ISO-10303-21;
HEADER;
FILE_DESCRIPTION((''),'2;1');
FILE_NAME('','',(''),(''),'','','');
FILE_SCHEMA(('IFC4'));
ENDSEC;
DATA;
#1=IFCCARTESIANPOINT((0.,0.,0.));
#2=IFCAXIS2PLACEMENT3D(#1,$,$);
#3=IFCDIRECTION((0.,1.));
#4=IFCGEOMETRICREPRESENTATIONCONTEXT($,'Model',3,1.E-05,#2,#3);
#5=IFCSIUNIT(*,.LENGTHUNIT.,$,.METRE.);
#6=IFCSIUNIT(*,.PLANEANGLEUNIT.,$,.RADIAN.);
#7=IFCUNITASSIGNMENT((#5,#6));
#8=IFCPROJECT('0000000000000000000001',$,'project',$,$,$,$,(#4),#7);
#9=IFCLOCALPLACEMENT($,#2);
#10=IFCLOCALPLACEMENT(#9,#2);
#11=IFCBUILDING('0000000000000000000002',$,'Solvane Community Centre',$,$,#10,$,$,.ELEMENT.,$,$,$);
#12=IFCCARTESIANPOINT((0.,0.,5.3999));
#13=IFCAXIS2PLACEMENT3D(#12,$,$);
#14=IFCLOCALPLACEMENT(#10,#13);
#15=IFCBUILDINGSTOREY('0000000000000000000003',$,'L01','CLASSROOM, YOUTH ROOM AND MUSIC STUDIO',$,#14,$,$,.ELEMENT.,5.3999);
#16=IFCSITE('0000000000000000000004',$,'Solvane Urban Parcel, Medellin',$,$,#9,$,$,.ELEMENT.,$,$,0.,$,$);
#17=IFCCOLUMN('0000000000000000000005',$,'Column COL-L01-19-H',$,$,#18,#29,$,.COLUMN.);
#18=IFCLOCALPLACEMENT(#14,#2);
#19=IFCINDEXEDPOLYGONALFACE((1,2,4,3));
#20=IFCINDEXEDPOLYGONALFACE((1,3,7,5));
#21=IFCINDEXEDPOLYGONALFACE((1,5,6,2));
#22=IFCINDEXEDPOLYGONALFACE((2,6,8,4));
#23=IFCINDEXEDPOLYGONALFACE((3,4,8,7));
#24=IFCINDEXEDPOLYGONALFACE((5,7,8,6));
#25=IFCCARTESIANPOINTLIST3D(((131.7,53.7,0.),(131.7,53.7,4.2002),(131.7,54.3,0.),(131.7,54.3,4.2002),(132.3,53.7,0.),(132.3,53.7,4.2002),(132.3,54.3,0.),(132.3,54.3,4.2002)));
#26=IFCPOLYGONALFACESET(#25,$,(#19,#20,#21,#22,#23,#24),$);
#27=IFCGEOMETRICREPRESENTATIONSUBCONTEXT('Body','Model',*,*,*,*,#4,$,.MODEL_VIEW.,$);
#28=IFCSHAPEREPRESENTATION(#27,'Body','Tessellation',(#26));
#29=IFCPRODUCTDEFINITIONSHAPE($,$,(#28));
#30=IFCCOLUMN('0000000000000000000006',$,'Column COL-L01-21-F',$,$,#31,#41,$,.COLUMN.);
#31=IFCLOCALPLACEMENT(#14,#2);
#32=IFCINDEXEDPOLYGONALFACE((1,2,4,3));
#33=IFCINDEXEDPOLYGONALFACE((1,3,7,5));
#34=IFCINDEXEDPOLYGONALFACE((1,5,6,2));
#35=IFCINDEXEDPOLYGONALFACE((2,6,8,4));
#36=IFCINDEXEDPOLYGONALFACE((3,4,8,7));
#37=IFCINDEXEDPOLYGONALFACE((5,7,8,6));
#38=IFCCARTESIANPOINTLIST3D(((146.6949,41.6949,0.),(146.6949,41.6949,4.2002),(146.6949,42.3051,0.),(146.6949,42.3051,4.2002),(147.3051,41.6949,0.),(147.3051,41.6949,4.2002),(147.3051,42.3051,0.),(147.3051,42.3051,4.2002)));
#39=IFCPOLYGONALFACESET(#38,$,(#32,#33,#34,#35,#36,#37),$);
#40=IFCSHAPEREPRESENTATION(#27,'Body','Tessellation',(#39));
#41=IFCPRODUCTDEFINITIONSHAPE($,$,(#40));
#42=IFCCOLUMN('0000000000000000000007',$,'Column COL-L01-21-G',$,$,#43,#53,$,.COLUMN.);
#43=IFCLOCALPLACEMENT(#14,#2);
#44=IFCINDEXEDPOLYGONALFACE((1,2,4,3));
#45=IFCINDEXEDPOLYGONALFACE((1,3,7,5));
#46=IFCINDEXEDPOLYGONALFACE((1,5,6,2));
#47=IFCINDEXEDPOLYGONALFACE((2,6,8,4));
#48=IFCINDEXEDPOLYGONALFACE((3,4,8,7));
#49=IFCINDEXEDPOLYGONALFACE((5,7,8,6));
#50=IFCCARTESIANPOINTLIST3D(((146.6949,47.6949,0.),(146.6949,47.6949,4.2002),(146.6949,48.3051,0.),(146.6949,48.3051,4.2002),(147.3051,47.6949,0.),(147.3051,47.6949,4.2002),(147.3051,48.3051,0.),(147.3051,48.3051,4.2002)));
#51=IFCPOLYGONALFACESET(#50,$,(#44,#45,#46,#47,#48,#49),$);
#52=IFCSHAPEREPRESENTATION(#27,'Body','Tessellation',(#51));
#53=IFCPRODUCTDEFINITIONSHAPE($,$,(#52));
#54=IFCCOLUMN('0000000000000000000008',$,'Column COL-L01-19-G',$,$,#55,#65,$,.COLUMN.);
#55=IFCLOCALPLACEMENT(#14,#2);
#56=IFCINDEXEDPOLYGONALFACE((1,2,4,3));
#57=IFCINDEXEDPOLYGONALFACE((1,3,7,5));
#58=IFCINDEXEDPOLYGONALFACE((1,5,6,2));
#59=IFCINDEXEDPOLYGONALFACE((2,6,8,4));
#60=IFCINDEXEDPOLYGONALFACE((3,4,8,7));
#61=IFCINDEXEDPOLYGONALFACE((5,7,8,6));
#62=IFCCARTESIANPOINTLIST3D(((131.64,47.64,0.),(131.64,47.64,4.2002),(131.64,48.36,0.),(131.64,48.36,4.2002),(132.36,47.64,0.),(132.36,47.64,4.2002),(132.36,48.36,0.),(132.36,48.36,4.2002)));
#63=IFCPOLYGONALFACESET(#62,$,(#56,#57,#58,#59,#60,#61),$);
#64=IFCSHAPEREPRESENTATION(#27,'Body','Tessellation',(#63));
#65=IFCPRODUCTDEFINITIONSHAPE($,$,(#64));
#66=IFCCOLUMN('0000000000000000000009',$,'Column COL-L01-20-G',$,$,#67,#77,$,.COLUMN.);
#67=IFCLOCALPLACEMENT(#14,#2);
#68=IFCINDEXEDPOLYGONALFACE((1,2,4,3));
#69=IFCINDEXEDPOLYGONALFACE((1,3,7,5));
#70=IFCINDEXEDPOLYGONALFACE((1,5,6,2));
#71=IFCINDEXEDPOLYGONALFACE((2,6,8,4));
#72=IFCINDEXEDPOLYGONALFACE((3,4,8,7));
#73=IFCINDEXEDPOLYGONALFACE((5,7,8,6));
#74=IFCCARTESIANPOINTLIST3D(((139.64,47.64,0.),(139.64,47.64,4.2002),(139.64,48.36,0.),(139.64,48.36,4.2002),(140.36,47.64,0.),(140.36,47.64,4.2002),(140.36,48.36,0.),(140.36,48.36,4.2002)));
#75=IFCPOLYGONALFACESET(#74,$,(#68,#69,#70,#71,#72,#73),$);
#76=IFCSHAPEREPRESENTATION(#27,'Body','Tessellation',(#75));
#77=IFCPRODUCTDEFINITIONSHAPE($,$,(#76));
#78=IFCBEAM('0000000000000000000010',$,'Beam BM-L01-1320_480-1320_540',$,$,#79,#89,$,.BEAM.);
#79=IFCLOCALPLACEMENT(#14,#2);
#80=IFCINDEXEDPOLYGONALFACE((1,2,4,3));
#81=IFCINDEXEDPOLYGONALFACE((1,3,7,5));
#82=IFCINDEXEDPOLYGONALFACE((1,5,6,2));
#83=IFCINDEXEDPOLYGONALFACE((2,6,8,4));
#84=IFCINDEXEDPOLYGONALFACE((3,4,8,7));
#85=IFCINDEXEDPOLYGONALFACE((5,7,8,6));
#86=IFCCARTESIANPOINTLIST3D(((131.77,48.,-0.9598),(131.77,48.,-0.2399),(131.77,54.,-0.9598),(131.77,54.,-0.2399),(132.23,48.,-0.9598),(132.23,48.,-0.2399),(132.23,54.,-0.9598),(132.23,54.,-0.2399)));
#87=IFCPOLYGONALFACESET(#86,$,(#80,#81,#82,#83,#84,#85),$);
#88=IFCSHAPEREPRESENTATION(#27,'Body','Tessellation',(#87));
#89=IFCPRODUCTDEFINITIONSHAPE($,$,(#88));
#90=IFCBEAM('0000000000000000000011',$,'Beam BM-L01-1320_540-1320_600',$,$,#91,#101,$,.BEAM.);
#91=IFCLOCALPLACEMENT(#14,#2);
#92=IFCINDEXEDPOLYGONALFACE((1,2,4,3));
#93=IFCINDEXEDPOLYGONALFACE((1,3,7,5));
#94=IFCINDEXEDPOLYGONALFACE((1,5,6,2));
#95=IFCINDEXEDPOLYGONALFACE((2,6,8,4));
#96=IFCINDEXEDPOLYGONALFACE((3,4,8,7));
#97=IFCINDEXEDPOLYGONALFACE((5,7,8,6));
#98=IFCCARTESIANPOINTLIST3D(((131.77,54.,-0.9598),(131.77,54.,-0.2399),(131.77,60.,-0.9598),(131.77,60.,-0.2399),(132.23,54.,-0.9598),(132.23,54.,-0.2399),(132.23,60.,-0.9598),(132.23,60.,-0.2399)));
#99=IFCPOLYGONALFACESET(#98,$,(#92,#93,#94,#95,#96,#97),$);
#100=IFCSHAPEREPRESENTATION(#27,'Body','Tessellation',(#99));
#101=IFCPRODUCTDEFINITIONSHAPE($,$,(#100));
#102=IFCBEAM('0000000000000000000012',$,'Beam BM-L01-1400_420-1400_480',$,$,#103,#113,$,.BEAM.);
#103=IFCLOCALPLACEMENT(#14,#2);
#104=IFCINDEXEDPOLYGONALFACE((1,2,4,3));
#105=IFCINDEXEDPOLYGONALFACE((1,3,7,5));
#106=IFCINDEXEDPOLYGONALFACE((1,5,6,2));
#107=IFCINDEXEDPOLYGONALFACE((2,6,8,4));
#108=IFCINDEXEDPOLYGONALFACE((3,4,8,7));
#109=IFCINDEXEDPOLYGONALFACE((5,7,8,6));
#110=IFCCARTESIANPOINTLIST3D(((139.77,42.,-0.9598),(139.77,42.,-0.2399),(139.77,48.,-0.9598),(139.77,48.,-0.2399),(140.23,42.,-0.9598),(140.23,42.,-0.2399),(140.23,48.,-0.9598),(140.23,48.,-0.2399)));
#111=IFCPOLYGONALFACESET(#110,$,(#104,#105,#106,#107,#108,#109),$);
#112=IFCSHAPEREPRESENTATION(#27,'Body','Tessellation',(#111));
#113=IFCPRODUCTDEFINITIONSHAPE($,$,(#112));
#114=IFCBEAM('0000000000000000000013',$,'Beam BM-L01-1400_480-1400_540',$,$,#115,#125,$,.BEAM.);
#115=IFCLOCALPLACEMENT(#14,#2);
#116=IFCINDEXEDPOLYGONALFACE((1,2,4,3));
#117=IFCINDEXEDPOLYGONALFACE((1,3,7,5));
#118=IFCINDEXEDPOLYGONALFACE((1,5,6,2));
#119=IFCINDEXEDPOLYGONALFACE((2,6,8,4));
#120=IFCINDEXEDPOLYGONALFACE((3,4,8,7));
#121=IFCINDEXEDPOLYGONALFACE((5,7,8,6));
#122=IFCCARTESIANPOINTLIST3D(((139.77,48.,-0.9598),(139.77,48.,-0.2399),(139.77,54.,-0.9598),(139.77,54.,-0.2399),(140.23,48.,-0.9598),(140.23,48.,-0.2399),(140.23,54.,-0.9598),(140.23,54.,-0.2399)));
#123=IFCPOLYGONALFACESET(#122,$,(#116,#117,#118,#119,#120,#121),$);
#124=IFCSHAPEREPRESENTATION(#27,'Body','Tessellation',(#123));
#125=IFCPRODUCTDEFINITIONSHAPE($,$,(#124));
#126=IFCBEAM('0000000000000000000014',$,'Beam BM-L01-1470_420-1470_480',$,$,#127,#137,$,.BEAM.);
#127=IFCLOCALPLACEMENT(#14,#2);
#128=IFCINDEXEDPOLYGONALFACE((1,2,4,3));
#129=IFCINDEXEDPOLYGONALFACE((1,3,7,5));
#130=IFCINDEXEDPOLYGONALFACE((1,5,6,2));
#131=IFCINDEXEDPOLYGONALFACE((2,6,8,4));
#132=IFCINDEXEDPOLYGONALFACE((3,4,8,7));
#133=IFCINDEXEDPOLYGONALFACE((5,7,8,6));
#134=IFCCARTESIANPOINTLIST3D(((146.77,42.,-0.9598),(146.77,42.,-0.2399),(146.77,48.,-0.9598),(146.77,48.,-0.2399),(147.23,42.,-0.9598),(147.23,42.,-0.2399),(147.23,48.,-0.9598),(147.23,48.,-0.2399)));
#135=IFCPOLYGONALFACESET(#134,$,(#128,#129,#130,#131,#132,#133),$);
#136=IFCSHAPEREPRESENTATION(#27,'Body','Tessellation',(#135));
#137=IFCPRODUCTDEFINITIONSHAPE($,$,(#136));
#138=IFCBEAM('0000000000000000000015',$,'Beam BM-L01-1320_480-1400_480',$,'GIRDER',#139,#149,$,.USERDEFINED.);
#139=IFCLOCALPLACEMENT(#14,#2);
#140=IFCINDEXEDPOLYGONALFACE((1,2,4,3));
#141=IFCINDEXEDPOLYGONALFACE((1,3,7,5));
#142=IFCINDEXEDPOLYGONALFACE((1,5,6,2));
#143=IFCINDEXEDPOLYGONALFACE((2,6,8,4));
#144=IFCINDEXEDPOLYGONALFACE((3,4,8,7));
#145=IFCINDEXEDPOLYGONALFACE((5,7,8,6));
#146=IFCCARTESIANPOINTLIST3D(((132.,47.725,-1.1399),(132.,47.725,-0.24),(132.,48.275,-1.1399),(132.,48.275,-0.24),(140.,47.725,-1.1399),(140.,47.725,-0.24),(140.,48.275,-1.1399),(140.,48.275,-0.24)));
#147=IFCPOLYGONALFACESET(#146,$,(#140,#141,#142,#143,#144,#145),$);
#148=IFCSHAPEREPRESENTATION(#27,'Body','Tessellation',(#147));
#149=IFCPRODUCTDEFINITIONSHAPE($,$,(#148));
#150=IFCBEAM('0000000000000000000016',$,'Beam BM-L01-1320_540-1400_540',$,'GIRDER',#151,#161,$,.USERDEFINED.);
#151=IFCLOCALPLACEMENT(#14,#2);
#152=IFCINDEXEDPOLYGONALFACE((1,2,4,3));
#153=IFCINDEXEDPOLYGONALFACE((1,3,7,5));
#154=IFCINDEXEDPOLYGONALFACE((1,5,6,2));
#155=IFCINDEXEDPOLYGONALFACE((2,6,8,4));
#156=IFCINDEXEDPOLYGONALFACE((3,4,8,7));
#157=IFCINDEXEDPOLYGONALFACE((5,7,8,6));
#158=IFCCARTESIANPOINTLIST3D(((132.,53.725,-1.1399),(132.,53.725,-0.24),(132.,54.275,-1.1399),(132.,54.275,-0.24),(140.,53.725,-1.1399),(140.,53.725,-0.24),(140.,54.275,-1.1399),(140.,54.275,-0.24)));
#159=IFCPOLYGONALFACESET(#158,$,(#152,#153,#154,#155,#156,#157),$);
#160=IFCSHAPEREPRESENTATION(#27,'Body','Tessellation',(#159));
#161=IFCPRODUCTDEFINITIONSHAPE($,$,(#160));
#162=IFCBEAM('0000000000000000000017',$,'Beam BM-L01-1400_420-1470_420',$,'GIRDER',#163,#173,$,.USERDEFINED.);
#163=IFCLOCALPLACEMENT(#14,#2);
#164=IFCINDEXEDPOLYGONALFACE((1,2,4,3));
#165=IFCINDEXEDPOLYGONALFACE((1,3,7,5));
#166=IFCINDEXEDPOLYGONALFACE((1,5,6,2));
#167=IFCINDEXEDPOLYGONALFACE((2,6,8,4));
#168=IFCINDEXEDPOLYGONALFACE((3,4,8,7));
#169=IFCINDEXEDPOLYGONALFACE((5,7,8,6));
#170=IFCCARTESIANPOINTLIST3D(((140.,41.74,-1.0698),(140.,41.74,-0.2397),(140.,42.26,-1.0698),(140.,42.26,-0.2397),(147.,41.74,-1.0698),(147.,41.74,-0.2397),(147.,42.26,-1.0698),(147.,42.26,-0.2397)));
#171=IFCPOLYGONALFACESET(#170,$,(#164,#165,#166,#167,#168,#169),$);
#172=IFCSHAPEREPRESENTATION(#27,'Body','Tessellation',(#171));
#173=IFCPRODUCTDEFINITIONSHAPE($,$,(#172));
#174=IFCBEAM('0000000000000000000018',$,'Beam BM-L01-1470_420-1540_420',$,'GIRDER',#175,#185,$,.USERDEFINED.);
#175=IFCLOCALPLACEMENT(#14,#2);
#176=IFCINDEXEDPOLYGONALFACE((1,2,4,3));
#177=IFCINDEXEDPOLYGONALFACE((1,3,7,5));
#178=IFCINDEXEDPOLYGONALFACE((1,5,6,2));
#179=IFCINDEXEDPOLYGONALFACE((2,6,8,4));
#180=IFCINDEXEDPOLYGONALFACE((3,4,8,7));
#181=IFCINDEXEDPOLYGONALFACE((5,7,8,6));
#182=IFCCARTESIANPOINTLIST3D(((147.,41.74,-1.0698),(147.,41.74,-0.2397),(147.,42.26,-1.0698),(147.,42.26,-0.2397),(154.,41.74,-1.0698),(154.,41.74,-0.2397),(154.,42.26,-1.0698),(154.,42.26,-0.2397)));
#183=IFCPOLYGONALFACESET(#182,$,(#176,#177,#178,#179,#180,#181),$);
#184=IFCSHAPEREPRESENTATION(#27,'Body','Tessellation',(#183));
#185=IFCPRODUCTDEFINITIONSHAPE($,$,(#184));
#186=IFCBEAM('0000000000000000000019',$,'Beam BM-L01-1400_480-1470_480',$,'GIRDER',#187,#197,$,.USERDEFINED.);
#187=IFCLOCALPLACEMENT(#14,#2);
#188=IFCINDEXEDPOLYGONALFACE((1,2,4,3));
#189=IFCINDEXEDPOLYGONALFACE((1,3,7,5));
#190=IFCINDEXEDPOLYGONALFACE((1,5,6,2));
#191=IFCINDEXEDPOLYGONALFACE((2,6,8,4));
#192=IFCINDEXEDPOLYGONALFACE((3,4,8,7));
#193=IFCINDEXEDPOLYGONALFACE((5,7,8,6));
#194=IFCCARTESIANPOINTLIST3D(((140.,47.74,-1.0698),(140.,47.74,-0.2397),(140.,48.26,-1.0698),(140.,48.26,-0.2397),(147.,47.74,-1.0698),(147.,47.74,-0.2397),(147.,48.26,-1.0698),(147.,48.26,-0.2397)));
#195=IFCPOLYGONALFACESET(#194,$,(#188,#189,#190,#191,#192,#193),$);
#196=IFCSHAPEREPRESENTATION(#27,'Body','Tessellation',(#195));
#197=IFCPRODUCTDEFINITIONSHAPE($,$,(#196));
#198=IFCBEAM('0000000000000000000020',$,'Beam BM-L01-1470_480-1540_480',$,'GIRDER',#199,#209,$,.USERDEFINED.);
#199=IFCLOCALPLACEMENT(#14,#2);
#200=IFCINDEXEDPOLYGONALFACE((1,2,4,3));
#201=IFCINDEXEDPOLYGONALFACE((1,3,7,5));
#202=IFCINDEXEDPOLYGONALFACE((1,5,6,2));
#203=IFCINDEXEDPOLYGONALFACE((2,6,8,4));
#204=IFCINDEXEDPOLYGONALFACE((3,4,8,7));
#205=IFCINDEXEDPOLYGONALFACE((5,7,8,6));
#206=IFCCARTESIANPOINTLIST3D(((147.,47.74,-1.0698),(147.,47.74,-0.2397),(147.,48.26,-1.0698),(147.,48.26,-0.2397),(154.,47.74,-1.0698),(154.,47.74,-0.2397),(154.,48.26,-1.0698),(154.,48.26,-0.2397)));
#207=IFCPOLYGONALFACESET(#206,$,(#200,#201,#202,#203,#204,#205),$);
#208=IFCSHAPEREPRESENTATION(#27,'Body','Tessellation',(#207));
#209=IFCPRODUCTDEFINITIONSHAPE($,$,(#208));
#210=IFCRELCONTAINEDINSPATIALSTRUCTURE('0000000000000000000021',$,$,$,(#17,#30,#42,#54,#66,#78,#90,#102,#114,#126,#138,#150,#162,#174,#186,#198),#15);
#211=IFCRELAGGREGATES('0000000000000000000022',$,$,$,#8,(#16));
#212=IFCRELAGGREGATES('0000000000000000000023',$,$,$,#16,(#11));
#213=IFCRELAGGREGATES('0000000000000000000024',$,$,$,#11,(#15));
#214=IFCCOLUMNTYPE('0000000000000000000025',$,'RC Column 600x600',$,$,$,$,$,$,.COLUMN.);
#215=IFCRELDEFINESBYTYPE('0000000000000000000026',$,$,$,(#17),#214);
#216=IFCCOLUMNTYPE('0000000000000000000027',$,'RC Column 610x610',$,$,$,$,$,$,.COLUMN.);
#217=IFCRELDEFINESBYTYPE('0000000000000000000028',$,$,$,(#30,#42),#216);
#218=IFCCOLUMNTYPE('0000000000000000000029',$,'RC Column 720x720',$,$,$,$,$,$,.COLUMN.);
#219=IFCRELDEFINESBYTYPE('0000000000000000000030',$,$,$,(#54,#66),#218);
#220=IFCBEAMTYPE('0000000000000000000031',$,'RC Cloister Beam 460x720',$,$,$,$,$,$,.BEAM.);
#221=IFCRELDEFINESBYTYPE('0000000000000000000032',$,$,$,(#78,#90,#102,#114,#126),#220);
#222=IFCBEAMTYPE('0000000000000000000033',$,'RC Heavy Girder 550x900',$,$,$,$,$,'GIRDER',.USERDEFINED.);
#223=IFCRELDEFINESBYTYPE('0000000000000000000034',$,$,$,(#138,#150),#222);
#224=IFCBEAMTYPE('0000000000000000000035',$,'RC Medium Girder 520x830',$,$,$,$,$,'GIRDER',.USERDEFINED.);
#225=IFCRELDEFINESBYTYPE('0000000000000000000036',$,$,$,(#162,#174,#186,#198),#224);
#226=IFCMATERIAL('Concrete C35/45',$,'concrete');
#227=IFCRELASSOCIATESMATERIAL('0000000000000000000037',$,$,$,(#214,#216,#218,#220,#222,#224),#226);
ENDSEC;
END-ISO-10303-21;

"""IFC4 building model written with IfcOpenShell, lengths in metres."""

from ifc_helpers import new_model, si_unit, direction, frame, origin, origin_2d, place, context, subcontext, project, spatial, rectangle, extrude, material, material_profile, profile_set, type_object, element, save


model = new_model("IFC4")

# Units and contexts
model_context = context("Model", 3, precision=1e-05, world=origin(), true_north=direction((0.0, 1.0)))
body_context = subcontext(model_context, "Body", "Model", "MODEL_VIEW")
ifc_project = project(units=[si_unit("LENGTHUNIT", "METRE"), si_unit("PLANEANGLEUNIT", "RADIAN")], contexts=[model_context])

# Site, building, storey
site_placement = place(None, origin())
site = spatial("IfcSite", under=ifc_project, at=site_placement, Name="Solvane Urban Parcel, Medellin", CompositionType="ELEMENT", RefElevation=0.0)
building_placement = place(site_placement, origin())
building = spatial("IfcBuilding", under=site, at=building_placement, Name="Solvane Community Centre", CompositionType="ELEMENT")
storey_placement = place(building_placement, frame((0.0, 0.0, 5.3999)))
storey = spatial("IfcBuildingStorey", under=building, at=storey_placement, Name="L01", Description="CLASSROOM, YOUTH ROOM AND MUSIC STUDIO", CompositionType="ELEMENT", Elevation=5.3999)

# Columns
ifc_material_1 = material(Name="Concrete C35/45", Category="concrete")
ifc_material_profile_1 = material_profile(ifc_material_1, rectangle(XDim=0.6001, YDim=0.6001, at=origin_2d()), Name="RC 600x600")
ifc_profile_set_1 = profile_set([ifc_material_profile_1], Name="Concrete C35/45")
column_type_1 = type_object("IfcColumnType", Name="RC Column 600x600", PredefinedType="COLUMN", material=ifc_profile_set_1)
column_placement = place(storey_placement, frame((132.0, 54.0, 0.0), z_axis=(0.0, 0.0, 1.0), x_axis=(1.0, 0.0, 0.0)))
element("IfcColumn", 1, at=column_placement, inside=storey, type_object=column_type_1, Name="Column COL-L01-19-H", PredefinedType="COLUMN", context=body_context, shape_type="SweptSolid", body=[
    extrude(rectangle(XDim=0.6001, YDim=0.6001, at=origin_2d()), origin(), (0.0, 0.0, 1.0), 4.2002),
])
ifc_material_profile_2 = material_profile(ifc_material_1, rectangle(XDim=0.6101, YDim=0.6101, at=origin_2d()), Name="RC 610x610")
ifc_profile_set_2 = profile_set([ifc_material_profile_2], Name="Concrete C35/45")
column_type_2 = type_object("IfcColumnType", Name="RC Column 610x610", PredefinedType="COLUMN", material=ifc_profile_set_2)
for number, where, z_axis, x_axis, name in (
    (2, (147.0, 42.0, 0.0), (0.0, 0.0, 1.0), (1.0, 0.0, 0.0), "Column COL-L01-21-F"),
    (3, (147.0, 48.0, 0.0), (0.0, 0.0, 1.0), (1.0, 0.0, 0.0), "Column COL-L01-21-G"),
):
    element("IfcColumn", number, at=place(storey_placement, frame(where, z_axis=z_axis, x_axis=x_axis)), inside=storey, type_object=column_type_2, Name=name, PredefinedType="COLUMN", context=body_context, shape_type="SweptSolid", body=[
        extrude(rectangle(XDim=0.6101, YDim=0.6101, at=origin_2d()), origin(), (0.0, 0.0, 1.0), 4.2002),
    ])
ifc_material_profile_3 = material_profile(ifc_material_1, rectangle(XDim=0.72, YDim=0.72, at=origin_2d()), Name="RC 720x720")
ifc_profile_set_3 = profile_set([ifc_material_profile_3], Name="Concrete C35/45")
column_type_3 = type_object("IfcColumnType", Name="RC Column 720x720", PredefinedType="COLUMN", material=ifc_profile_set_3)
for number, where, z_axis, x_axis, name in (
    (4, (132.0, 48.0, 0.0), (0.0, 0.0, 1.0), (1.0, 0.0, 0.0), "Column COL-L01-19-G"),
    (5, (140.0, 48.0, 0.0), (0.0, 0.0, 1.0), (1.0, 0.0, 0.0), "Column COL-L01-20-G"),
):
    element("IfcColumn", number, at=place(storey_placement, frame(where, z_axis=z_axis, x_axis=x_axis)), inside=storey, type_object=column_type_3, Name=name, PredefinedType="COLUMN", context=body_context, shape_type="SweptSolid", body=[
        extrude(rectangle(XDim=0.72, YDim=0.72, at=origin_2d()), origin(), (0.0, 0.0, 1.0), 4.2002),
    ])

# Beams
ifc_material_profile_4 = material_profile(ifc_material_1, rectangle(XDim=0.46, YDim=0.72, at=origin_2d()), Name="RC 460x720")
ifc_profile_set_4 = profile_set([ifc_material_profile_4], Name="Concrete C35/45")
beam_type_1 = type_object("IfcBeamType", Name="RC Cloister Beam 460x720", PredefinedType="BEAM", material=ifc_profile_set_4)
for number, where, z_axis, x_axis, name in (
    (6, (132.0, 48.0, -0.5999), (0.0, 1.0, 0.0), (-1.0, 0.0, 0.0), "Beam BM-L01-1320_480-1320_540"),
    (7, (132.0, 54.0, -0.5999), (0.0, 1.0, 0.0), (-1.0, 0.0, 0.0), "Beam BM-L01-1320_540-1320_600"),
    (8, (140.0, 42.0, -0.5999), (0.0, 1.0, 0.0), (-1.0, 0.0, 0.0), "Beam BM-L01-1400_420-1400_480"),
    (9, (140.0, 48.0, -0.5999), (0.0, 1.0, 0.0), (-1.0, 0.0, 0.0), "Beam BM-L01-1400_480-1400_540"),
    (10, (147.0, 42.0, -0.5999), (0.0, 1.0, 0.0), (-1.0, 0.0, 0.0), "Beam BM-L01-1470_420-1470_480"),
):
    element("IfcBeam", number, at=place(storey_placement, frame(where, z_axis=z_axis, x_axis=x_axis)), inside=storey, type_object=beam_type_1, Name=name, PredefinedType="BEAM", context=body_context, shape_type="SweptSolid", body=[
        extrude(rectangle(XDim=0.46, YDim=0.72, at=origin_2d()), origin(), (0.0, 0.0, 1.0), 6.0),
    ])
ifc_material_profile_5 = material_profile(ifc_material_1, rectangle(XDim=0.55, YDim=0.8999, at=origin_2d()), Name="RC 550x900")
ifc_profile_set_5 = profile_set([ifc_material_profile_5], Name="Concrete C35/45")
beam_type_2 = type_object("IfcBeamType", Name="RC Heavy Girder 550x900", ElementType="GIRDER", PredefinedType="USERDEFINED", material=ifc_profile_set_5)
for number, where, z_axis, x_axis, name in (
    (11, (132.0, 48.0, -0.6899), (1.0, 0.0, 0.0), (0.0, 1.0, 0.0), "Beam BM-L01-1320_480-1400_480"),
    (12, (132.0, 54.0, -0.6899), (1.0, 0.0, 0.0), (0.0, 1.0, 0.0), "Beam BM-L01-1320_540-1400_540"),
):
    element("IfcBeam", number, at=place(storey_placement, frame(where, z_axis=z_axis, x_axis=x_axis)), inside=storey, type_object=beam_type_2, Name=name, ObjectType="GIRDER", PredefinedType="USERDEFINED", context=body_context, shape_type="SweptSolid", body=[
        extrude(rectangle(XDim=0.55, YDim=0.8999, at=origin_2d()), origin(), (0.0, 0.0, 1.0), 8.0),
    ])
ifc_material_profile_6 = material_profile(ifc_material_1, rectangle(XDim=0.52, YDim=0.8301, at=origin_2d()), Name="RC 520x830")
ifc_profile_set_6 = profile_set([ifc_material_profile_6], Name="Concrete C35/45")
beam_type_3 = type_object("IfcBeamType", Name="RC Medium Girder 520x830", ElementType="GIRDER", PredefinedType="USERDEFINED", material=ifc_profile_set_6)
for number, where, z_axis, x_axis, name in (
    (13, (140.0, 42.0, -0.6548), (1.0, 0.0, 0.0), (0.0, 1.0, 0.0), "Beam BM-L01-1400_420-1470_420"),
    (14, (147.0, 42.0, -0.6548), (1.0, 0.0, 0.0), (0.0, 1.0, 0.0), "Beam BM-L01-1470_420-1540_420"),
    (15, (140.0, 48.0, -0.6548), (1.0, 0.0, 0.0), (0.0, 1.0, 0.0), "Beam BM-L01-1400_480-1470_480"),
    (16, (147.0, 48.0, -0.6548), (1.0, 0.0, 0.0), (0.0, 1.0, 0.0), "Beam BM-L01-1470_480-1540_480"),
):
    element("IfcBeam", number, at=place(storey_placement, frame(where, z_axis=z_axis, x_axis=x_axis)), inside=storey, type_object=beam_type_3, Name=name, ObjectType="GIRDER", PredefinedType="USERDEFINED", context=body_context, shape_type="SweptSolid", body=[
        extrude(rectangle(XDim=0.52, YDim=0.8301, at=origin_2d()), origin(), (0.0, 0.0, 1.0), 7.0),
    ])

save(model, "model.ifc")
